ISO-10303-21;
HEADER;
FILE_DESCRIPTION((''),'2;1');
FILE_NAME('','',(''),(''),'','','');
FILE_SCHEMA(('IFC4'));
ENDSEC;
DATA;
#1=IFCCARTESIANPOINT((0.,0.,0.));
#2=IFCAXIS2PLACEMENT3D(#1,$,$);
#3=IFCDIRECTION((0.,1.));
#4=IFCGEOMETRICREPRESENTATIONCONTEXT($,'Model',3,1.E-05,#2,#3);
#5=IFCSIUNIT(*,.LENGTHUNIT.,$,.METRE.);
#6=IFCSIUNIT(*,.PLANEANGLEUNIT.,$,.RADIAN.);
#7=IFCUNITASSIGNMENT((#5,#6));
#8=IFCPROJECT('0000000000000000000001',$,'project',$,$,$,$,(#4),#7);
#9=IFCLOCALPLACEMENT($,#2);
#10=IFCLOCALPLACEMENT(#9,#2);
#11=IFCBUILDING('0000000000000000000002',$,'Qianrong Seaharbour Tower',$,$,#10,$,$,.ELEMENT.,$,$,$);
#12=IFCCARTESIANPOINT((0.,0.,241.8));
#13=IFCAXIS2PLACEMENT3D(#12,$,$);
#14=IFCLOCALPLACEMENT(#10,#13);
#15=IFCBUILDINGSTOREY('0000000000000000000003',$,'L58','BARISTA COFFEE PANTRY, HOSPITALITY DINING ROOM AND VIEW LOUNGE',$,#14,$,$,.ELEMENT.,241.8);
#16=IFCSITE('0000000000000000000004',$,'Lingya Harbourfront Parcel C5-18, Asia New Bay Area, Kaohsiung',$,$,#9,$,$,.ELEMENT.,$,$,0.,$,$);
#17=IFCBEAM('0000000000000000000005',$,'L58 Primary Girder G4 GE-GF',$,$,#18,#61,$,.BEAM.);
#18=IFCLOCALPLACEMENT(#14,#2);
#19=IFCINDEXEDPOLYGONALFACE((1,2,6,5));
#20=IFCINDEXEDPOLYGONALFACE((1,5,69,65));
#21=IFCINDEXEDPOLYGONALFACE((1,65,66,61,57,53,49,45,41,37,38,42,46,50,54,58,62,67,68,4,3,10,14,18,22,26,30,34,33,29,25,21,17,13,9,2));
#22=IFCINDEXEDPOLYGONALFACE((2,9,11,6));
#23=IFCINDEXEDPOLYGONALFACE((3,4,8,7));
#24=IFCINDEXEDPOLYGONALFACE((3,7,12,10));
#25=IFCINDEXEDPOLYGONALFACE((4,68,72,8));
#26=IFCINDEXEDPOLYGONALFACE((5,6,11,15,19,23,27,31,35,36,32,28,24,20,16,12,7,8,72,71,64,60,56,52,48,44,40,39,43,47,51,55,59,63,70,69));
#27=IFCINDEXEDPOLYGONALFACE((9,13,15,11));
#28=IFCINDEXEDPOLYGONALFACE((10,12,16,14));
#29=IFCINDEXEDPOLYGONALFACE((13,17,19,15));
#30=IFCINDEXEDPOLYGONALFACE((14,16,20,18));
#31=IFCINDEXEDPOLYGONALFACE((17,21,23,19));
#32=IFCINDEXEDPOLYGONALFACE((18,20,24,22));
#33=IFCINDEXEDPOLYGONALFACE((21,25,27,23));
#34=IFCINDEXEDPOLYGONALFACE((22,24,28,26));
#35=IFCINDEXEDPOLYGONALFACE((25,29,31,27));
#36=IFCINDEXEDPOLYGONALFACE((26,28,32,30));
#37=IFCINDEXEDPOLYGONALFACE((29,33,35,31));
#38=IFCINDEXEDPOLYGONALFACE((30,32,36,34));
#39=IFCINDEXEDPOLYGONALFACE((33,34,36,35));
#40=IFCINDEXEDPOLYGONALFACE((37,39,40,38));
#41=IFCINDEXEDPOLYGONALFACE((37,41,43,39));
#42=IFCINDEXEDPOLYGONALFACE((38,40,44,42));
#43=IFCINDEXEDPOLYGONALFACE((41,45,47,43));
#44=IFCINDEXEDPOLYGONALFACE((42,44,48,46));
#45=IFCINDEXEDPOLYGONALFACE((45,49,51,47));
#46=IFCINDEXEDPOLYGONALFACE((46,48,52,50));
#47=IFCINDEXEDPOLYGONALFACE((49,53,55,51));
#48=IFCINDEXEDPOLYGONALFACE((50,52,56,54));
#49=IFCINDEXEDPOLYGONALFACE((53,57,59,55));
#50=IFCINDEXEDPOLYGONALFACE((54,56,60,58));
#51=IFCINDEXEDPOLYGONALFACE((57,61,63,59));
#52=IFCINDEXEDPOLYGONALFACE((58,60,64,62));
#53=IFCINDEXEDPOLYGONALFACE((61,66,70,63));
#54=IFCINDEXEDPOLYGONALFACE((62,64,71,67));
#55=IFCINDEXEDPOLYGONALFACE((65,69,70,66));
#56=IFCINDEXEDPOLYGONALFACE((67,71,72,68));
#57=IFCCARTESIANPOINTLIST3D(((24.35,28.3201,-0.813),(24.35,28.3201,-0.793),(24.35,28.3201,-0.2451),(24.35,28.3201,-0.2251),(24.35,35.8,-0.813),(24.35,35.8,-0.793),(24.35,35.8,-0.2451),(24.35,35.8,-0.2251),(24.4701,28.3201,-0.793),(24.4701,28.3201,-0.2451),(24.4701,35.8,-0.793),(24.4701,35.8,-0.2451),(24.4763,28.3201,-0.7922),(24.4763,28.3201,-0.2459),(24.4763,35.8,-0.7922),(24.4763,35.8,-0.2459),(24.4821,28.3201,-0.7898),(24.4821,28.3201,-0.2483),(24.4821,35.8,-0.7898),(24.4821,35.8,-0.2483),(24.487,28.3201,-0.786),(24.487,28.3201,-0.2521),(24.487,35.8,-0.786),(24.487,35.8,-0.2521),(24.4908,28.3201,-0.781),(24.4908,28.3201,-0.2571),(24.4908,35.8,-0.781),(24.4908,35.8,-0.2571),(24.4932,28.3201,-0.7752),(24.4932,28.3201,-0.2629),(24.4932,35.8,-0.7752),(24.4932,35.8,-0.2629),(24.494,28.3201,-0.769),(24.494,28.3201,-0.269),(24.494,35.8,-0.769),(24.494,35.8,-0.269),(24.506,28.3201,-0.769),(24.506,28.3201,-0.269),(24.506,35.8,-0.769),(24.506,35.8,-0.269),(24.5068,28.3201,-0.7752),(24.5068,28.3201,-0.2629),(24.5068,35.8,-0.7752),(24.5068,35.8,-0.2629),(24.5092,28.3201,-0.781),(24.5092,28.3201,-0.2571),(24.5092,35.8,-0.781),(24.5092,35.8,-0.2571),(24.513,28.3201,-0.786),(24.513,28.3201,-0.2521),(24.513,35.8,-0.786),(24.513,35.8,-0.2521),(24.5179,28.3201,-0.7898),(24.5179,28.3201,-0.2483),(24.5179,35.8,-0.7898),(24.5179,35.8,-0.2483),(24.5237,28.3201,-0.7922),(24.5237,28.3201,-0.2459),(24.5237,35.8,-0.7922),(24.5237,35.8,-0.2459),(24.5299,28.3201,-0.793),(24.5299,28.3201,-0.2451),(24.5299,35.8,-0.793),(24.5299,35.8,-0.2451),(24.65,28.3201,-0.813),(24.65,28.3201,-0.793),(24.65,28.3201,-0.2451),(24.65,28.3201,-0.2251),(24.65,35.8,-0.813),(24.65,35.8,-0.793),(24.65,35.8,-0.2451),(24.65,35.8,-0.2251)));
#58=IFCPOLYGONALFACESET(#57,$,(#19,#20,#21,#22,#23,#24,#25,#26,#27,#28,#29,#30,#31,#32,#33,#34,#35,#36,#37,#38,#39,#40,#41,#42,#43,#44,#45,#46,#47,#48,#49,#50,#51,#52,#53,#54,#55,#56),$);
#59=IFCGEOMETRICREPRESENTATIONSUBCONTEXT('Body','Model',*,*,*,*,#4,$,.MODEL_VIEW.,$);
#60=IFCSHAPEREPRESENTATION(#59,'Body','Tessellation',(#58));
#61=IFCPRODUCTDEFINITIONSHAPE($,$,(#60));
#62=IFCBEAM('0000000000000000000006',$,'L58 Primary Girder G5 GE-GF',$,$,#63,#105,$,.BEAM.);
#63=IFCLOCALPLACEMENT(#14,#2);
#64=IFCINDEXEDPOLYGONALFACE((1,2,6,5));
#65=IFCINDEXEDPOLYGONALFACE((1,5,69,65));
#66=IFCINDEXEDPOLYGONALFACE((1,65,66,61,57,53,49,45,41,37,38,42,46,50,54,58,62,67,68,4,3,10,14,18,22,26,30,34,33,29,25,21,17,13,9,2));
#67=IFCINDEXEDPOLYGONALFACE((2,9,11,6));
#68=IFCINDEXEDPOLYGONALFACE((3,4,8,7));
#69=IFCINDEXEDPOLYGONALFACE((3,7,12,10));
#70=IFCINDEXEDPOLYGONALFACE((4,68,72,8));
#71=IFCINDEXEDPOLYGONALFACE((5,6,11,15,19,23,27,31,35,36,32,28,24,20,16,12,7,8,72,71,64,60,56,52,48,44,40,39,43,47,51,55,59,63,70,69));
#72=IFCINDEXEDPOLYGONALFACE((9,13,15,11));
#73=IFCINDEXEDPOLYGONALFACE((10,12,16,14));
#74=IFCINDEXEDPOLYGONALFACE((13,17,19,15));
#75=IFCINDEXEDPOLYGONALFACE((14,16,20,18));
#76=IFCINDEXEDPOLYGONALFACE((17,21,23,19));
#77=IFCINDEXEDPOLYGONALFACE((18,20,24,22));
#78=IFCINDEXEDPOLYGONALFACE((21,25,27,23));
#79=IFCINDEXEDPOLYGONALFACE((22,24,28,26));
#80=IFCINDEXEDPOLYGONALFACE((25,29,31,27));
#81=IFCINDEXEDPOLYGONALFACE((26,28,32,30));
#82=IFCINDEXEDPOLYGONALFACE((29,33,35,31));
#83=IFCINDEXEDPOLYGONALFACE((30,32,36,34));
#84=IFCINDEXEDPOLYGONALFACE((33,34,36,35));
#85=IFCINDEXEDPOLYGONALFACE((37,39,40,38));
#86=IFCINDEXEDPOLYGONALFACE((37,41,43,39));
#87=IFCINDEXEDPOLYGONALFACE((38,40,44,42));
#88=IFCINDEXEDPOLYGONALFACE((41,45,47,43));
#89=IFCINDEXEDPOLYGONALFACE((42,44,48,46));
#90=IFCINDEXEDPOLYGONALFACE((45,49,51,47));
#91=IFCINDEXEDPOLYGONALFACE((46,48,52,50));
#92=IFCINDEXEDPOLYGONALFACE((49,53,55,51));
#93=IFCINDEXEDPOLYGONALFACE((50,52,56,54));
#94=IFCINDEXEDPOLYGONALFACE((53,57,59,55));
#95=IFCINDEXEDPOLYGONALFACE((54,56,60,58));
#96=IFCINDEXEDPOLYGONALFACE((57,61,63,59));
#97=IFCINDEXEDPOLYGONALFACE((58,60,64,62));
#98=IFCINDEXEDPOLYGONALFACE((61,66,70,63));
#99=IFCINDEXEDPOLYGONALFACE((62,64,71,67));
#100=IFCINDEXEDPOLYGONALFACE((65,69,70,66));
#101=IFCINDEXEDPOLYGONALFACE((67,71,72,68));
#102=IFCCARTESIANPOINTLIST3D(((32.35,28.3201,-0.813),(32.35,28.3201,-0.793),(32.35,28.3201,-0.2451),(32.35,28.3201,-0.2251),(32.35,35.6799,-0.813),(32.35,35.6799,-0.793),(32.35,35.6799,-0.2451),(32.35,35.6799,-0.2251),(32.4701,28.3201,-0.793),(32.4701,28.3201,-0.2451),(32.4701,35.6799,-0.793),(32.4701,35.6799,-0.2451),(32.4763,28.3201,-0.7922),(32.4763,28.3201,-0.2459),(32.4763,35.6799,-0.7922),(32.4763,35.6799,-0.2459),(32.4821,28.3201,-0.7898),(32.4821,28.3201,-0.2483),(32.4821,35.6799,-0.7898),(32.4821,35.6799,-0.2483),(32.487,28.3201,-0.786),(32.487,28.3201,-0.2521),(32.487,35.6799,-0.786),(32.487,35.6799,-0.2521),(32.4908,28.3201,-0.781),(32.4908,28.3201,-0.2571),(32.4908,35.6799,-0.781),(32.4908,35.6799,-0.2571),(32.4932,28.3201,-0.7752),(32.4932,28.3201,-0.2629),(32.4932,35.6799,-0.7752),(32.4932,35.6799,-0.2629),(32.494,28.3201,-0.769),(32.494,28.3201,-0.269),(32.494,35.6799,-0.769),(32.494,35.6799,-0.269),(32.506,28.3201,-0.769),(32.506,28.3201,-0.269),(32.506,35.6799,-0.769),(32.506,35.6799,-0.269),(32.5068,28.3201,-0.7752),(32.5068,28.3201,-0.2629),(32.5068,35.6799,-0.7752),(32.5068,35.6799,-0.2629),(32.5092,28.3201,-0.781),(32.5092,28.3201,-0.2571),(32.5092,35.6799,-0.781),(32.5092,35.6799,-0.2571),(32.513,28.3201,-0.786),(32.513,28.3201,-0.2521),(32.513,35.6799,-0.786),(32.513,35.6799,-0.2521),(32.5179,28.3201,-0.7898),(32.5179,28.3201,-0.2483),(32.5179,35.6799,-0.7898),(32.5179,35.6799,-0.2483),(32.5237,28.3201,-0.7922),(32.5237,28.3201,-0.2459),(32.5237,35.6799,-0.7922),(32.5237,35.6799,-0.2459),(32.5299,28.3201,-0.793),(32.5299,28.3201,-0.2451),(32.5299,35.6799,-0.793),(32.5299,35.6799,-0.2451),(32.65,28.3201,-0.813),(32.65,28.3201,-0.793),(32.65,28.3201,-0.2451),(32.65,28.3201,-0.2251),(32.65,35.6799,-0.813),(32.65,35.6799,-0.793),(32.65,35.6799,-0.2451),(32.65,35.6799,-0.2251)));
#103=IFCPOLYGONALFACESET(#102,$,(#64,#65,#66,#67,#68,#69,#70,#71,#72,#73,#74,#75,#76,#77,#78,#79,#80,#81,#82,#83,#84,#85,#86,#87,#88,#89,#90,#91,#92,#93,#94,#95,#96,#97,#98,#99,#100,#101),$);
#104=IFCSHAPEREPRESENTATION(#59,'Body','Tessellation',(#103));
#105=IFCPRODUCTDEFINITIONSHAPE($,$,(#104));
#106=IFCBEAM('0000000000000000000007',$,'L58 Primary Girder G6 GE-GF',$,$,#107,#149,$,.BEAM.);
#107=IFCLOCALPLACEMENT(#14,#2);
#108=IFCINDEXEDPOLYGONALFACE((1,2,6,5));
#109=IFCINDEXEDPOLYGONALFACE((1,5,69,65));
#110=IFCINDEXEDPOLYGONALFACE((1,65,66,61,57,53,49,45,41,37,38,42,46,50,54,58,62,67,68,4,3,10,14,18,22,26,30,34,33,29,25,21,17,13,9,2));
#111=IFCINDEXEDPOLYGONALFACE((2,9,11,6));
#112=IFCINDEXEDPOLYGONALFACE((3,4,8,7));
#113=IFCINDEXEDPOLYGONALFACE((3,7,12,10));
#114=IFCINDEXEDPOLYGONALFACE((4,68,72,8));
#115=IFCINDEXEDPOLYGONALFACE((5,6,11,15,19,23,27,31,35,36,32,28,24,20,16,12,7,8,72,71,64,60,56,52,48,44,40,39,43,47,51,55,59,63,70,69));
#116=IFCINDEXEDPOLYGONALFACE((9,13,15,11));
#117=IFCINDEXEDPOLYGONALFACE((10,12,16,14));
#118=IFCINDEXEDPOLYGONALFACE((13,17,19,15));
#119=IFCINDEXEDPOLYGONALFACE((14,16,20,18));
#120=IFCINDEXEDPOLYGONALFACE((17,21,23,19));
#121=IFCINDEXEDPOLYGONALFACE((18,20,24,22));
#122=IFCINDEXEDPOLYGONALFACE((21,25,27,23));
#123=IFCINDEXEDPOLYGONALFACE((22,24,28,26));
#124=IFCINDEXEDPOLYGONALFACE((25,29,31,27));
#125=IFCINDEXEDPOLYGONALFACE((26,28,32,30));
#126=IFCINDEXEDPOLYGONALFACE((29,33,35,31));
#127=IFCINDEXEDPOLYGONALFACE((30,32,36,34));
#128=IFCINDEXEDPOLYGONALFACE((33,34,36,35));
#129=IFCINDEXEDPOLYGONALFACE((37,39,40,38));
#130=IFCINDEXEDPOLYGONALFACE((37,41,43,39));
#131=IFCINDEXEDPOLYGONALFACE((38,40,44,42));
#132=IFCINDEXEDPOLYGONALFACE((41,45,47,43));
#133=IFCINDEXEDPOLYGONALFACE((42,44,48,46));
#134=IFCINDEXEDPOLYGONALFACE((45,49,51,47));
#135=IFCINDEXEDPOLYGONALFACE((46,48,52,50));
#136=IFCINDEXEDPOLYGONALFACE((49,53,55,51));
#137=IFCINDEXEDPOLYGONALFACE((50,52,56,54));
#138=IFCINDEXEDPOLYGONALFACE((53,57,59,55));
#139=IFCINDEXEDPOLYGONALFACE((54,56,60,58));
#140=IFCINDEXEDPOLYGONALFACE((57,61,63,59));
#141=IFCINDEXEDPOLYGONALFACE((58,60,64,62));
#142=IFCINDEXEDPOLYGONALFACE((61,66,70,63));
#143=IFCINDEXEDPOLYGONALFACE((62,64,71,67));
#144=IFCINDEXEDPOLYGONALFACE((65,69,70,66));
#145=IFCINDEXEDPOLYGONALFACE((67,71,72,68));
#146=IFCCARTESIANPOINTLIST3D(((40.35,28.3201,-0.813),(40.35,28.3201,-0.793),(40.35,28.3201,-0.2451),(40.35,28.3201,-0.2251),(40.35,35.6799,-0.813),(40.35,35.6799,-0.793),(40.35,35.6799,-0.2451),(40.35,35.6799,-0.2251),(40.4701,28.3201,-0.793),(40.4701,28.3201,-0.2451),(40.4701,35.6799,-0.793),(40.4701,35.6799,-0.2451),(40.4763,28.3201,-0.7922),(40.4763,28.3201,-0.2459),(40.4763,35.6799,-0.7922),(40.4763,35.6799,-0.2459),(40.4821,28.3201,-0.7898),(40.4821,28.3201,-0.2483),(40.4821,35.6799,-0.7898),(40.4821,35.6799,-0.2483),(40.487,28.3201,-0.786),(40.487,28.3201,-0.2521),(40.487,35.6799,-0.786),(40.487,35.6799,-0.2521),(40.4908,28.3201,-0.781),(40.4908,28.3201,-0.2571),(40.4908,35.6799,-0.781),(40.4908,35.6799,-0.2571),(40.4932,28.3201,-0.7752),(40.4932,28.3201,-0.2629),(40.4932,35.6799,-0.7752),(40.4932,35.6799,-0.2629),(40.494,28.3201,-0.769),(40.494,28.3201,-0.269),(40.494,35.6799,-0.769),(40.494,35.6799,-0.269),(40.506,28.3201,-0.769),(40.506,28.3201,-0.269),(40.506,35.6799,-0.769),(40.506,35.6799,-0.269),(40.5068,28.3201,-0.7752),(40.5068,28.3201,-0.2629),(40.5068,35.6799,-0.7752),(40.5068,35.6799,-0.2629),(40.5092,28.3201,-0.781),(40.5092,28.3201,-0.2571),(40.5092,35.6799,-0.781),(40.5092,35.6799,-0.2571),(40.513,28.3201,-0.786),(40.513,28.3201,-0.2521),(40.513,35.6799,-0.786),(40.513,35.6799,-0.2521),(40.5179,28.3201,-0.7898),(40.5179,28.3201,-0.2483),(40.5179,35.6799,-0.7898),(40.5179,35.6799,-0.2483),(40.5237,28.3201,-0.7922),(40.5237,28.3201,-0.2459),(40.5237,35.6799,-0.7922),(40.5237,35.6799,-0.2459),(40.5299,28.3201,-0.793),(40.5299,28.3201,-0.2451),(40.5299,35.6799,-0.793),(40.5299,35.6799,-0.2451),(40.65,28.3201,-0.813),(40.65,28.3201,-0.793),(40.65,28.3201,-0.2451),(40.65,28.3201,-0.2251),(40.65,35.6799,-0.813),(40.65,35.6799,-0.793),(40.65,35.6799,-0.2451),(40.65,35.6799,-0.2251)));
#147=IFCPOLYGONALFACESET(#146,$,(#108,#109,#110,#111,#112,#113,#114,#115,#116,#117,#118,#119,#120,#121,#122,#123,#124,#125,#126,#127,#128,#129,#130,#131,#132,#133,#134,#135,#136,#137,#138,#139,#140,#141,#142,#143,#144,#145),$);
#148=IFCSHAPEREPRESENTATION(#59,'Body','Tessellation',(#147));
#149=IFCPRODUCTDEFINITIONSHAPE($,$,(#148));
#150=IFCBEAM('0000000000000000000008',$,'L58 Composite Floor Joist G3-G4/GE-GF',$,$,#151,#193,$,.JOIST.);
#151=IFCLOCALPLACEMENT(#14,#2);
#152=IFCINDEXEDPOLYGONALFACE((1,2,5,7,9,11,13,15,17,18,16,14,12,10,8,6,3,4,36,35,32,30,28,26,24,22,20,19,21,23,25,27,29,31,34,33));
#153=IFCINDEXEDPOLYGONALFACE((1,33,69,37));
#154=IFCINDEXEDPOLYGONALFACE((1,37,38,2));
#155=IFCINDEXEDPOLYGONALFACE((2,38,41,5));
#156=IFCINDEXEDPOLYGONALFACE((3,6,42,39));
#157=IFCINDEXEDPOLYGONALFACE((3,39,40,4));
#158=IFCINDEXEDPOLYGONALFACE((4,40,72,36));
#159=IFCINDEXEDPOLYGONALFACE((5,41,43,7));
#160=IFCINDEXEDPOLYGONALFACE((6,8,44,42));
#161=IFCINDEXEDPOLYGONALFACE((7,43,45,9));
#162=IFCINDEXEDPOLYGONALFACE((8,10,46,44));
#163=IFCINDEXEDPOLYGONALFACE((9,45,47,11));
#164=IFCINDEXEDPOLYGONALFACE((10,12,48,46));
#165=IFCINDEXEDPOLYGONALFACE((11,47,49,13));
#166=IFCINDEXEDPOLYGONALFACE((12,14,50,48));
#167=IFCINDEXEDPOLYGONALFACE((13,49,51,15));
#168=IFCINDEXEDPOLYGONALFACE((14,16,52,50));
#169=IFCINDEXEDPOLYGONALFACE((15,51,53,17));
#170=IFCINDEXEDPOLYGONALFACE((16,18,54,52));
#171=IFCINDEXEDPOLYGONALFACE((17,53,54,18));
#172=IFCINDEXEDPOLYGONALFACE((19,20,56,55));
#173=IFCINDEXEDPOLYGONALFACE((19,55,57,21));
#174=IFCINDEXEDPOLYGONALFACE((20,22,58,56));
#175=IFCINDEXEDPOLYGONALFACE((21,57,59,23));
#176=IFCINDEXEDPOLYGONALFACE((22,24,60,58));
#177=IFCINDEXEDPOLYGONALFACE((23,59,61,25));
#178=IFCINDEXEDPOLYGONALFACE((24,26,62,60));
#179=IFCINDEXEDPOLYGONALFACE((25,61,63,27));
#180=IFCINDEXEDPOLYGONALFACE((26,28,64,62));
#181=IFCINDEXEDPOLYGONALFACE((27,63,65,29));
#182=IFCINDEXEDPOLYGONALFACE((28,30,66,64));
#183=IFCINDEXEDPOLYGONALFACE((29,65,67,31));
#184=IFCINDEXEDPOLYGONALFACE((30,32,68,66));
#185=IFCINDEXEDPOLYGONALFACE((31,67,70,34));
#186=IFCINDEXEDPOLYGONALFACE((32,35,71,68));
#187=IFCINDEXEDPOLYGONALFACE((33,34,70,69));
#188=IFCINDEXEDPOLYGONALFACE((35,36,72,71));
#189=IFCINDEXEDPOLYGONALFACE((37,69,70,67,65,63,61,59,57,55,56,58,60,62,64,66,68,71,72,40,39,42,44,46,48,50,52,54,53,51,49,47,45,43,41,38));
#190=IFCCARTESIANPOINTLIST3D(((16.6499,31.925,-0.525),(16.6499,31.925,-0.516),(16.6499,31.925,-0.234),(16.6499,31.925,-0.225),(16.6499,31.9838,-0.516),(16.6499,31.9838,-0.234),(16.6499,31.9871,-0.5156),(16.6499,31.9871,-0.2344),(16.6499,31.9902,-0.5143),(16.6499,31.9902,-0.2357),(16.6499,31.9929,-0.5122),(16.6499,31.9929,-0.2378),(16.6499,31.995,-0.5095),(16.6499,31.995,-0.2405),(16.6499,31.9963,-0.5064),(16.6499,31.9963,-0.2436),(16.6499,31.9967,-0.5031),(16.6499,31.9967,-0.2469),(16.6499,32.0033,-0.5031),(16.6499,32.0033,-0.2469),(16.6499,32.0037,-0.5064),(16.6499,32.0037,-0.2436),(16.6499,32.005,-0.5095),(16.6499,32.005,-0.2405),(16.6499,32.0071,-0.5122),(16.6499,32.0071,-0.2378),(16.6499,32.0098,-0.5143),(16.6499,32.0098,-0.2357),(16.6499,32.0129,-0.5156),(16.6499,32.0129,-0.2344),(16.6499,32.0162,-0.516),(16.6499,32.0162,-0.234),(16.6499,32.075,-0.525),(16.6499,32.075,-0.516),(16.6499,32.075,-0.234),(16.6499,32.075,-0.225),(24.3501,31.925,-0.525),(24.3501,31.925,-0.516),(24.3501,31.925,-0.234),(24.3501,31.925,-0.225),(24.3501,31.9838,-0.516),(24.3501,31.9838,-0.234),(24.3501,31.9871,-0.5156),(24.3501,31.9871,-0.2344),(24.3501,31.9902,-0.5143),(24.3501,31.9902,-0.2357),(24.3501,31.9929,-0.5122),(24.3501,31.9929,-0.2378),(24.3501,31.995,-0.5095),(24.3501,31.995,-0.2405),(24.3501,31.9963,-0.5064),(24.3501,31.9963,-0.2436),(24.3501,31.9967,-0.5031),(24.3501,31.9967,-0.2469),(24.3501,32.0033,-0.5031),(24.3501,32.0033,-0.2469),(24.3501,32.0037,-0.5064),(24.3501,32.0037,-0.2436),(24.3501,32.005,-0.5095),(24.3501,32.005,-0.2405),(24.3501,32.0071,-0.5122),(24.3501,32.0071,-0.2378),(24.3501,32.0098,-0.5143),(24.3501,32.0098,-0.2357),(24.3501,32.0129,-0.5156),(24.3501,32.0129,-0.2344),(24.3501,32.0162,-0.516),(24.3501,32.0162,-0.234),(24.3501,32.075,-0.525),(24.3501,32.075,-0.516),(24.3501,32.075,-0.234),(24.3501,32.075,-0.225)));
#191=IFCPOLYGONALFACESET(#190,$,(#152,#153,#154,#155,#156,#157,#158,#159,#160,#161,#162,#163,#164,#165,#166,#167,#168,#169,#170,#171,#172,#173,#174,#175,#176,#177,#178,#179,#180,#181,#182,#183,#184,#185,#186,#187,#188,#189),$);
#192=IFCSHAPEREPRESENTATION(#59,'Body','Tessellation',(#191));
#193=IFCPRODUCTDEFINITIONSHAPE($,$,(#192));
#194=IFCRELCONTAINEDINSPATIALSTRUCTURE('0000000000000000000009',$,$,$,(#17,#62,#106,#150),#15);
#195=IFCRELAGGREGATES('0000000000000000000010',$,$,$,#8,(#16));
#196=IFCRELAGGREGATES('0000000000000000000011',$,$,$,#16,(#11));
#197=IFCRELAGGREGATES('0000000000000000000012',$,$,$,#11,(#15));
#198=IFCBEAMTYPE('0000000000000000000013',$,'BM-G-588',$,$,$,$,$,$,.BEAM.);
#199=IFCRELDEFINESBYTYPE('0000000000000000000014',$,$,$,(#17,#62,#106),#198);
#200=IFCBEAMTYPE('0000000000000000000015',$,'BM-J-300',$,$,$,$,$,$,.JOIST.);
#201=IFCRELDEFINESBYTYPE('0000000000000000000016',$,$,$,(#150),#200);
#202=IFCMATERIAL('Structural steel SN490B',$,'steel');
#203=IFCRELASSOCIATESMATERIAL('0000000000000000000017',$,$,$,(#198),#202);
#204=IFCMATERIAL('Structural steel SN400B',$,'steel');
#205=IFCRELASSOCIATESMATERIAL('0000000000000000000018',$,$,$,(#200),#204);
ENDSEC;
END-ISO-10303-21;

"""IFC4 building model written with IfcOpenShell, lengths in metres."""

from ifc_helpers import new_model, si_unit, direction, frame, origin, origin_2d, place, context, subcontext, project, spatial, i_section, extrude, material, material_profile, profile_set, type_object, element, save


model = new_model("IFC4")

# Units and contexts
model_context = context("Model", 3, precision=1e-05, world=origin(), true_north=direction((0.0, 1.0)))
body_context = subcontext(model_context, "Body", "Model", "MODEL_VIEW")
ifc_project = project(units=[si_unit("LENGTHUNIT", "METRE"), si_unit("PLANEANGLEUNIT", "RADIAN")], contexts=[model_context])

# Site, building, storey
site_placement = place(None, origin())
site = spatial("IfcSite", under=ifc_project, at=site_placement, Name="Lingya Harbourfront Parcel C5-18, Asia New Bay Area, Kaohsiung", CompositionType="ELEMENT", RefElevation=0.0)
building_placement = place(site_placement, origin())
building = spatial("IfcBuilding", under=site, at=building_placement, Name="Qianrong Seaharbour Tower", CompositionType="ELEMENT")
storey_placement = place(building_placement, frame((0.0, 0.0, 241.8)))
storey = spatial("IfcBuildingStorey", under=building, at=storey_placement, Name="L58", Description="BARISTA COFFEE PANTRY, HOSPITALITY DINING ROOM AND VIEW LOUNGE", CompositionType="ELEMENT", Elevation=241.8)

# Shared definitions
ifc_material_1 = material(Name="Structural steel SN490B", Category="steel")

# Beams
ifc_material_profile_1 = material_profile(ifc_material_1, i_section(OverallWidth=0.3, OverallDepth=0.5879, WebThickness=0.012, FlangeThickness=0.02, FilletRadius=0.0239, at=origin_2d()), Name="H588x300x12x20")
ifc_profile_set_1 = profile_set([ifc_material_profile_1], Name="Structural steel SN490B")
beam_type_1 = type_object("IfcBeamType", Name="BM-G-588", PredefinedType="BEAM", material=ifc_profile_set_1)
for number, where, z_axis, x_axis, name in (
    (1, (24.5, 28.3201, -0.519), (0.0, 1.0, 0.0), (-1.0, 0.0, 0.0), "L58 Primary Girder G4 GE-GF"),
):
    element("IfcBeam", number, at=place(storey_placement, frame(where, z_axis=z_axis, x_axis=x_axis)), inside=storey, type_object=beam_type_1, Name=name, PredefinedType="BEAM", context=body_context, shape_type="SweptSolid", body=[
        extrude(i_section(OverallWidth=0.3, OverallDepth=0.5879, WebThickness=0.012, FlangeThickness=0.02, FilletRadius=0.0239, at=origin_2d()), origin(), (0.0, 0.0, 1.0), 7.48),
    ])
for number, where, z_axis, x_axis, name in (
    (2, (32.5, 28.3201, -0.519), (0.0, 1.0, 0.0), (-1.0, 0.0, 0.0), "L58 Primary Girder G5 GE-GF"),
    (3, (40.5, 28.3201, -0.519), (0.0, 1.0, 0.0), (-1.0, 0.0, 0.0), "L58 Primary Girder G6 GE-GF"),
):
    element("IfcBeam", number, at=place(storey_placement, frame(where, z_axis=z_axis, x_axis=x_axis)), inside=storey, type_object=beam_type_1, Name=name, PredefinedType="BEAM", context=body_context, shape_type="SweptSolid", body=[
        extrude(i_section(OverallWidth=0.3, OverallDepth=0.5879, WebThickness=0.012, FlangeThickness=0.02, FilletRadius=0.0239, at=origin_2d()), origin(), (0.0, 0.0, 1.0), 7.3599),
    ])
ifc_material_2 = material(Name="Structural steel SN400B", Category="steel")
ifc_material_profile_2 = material_profile(ifc_material_2, i_section(OverallWidth=0.1499, OverallDepth=0.3, WebThickness=0.0066, FlangeThickness=0.009, FilletRadius=0.0129, at=origin_2d()), Name="H300x150x6.5x9")
ifc_profile_set_2 = profile_set([ifc_material_profile_2], Name="Structural steel SN400B")
beam_type_2 = type_object("IfcBeamType", Name="BM-J-300", PredefinedType="JOIST", material=ifc_profile_set_2)
for number, where, z_axis, x_axis, name in (
    (4, (16.6499, 32.0, -0.375), (1.0, 0.0, 0.0), (0.0, 1.0, 0.0), "L58 Composite Floor Joist G3-G4/GE-GF"),
):
    element("IfcBeam", number, at=place(storey_placement, frame(where, z_axis=z_axis, x_axis=x_axis)), inside=storey, type_object=beam_type_2, Name=name, PredefinedType="JOIST", context=body_context, shape_type="SweptSolid", body=[
        extrude(i_section(OverallWidth=0.1499, OverallDepth=0.3, WebThickness=0.0066, FlangeThickness=0.009, FilletRadius=0.0129, at=origin_2d()), origin(), (0.0, 0.0, 1.0), 7.7002),
    ])

save(model, "model.ifc")
